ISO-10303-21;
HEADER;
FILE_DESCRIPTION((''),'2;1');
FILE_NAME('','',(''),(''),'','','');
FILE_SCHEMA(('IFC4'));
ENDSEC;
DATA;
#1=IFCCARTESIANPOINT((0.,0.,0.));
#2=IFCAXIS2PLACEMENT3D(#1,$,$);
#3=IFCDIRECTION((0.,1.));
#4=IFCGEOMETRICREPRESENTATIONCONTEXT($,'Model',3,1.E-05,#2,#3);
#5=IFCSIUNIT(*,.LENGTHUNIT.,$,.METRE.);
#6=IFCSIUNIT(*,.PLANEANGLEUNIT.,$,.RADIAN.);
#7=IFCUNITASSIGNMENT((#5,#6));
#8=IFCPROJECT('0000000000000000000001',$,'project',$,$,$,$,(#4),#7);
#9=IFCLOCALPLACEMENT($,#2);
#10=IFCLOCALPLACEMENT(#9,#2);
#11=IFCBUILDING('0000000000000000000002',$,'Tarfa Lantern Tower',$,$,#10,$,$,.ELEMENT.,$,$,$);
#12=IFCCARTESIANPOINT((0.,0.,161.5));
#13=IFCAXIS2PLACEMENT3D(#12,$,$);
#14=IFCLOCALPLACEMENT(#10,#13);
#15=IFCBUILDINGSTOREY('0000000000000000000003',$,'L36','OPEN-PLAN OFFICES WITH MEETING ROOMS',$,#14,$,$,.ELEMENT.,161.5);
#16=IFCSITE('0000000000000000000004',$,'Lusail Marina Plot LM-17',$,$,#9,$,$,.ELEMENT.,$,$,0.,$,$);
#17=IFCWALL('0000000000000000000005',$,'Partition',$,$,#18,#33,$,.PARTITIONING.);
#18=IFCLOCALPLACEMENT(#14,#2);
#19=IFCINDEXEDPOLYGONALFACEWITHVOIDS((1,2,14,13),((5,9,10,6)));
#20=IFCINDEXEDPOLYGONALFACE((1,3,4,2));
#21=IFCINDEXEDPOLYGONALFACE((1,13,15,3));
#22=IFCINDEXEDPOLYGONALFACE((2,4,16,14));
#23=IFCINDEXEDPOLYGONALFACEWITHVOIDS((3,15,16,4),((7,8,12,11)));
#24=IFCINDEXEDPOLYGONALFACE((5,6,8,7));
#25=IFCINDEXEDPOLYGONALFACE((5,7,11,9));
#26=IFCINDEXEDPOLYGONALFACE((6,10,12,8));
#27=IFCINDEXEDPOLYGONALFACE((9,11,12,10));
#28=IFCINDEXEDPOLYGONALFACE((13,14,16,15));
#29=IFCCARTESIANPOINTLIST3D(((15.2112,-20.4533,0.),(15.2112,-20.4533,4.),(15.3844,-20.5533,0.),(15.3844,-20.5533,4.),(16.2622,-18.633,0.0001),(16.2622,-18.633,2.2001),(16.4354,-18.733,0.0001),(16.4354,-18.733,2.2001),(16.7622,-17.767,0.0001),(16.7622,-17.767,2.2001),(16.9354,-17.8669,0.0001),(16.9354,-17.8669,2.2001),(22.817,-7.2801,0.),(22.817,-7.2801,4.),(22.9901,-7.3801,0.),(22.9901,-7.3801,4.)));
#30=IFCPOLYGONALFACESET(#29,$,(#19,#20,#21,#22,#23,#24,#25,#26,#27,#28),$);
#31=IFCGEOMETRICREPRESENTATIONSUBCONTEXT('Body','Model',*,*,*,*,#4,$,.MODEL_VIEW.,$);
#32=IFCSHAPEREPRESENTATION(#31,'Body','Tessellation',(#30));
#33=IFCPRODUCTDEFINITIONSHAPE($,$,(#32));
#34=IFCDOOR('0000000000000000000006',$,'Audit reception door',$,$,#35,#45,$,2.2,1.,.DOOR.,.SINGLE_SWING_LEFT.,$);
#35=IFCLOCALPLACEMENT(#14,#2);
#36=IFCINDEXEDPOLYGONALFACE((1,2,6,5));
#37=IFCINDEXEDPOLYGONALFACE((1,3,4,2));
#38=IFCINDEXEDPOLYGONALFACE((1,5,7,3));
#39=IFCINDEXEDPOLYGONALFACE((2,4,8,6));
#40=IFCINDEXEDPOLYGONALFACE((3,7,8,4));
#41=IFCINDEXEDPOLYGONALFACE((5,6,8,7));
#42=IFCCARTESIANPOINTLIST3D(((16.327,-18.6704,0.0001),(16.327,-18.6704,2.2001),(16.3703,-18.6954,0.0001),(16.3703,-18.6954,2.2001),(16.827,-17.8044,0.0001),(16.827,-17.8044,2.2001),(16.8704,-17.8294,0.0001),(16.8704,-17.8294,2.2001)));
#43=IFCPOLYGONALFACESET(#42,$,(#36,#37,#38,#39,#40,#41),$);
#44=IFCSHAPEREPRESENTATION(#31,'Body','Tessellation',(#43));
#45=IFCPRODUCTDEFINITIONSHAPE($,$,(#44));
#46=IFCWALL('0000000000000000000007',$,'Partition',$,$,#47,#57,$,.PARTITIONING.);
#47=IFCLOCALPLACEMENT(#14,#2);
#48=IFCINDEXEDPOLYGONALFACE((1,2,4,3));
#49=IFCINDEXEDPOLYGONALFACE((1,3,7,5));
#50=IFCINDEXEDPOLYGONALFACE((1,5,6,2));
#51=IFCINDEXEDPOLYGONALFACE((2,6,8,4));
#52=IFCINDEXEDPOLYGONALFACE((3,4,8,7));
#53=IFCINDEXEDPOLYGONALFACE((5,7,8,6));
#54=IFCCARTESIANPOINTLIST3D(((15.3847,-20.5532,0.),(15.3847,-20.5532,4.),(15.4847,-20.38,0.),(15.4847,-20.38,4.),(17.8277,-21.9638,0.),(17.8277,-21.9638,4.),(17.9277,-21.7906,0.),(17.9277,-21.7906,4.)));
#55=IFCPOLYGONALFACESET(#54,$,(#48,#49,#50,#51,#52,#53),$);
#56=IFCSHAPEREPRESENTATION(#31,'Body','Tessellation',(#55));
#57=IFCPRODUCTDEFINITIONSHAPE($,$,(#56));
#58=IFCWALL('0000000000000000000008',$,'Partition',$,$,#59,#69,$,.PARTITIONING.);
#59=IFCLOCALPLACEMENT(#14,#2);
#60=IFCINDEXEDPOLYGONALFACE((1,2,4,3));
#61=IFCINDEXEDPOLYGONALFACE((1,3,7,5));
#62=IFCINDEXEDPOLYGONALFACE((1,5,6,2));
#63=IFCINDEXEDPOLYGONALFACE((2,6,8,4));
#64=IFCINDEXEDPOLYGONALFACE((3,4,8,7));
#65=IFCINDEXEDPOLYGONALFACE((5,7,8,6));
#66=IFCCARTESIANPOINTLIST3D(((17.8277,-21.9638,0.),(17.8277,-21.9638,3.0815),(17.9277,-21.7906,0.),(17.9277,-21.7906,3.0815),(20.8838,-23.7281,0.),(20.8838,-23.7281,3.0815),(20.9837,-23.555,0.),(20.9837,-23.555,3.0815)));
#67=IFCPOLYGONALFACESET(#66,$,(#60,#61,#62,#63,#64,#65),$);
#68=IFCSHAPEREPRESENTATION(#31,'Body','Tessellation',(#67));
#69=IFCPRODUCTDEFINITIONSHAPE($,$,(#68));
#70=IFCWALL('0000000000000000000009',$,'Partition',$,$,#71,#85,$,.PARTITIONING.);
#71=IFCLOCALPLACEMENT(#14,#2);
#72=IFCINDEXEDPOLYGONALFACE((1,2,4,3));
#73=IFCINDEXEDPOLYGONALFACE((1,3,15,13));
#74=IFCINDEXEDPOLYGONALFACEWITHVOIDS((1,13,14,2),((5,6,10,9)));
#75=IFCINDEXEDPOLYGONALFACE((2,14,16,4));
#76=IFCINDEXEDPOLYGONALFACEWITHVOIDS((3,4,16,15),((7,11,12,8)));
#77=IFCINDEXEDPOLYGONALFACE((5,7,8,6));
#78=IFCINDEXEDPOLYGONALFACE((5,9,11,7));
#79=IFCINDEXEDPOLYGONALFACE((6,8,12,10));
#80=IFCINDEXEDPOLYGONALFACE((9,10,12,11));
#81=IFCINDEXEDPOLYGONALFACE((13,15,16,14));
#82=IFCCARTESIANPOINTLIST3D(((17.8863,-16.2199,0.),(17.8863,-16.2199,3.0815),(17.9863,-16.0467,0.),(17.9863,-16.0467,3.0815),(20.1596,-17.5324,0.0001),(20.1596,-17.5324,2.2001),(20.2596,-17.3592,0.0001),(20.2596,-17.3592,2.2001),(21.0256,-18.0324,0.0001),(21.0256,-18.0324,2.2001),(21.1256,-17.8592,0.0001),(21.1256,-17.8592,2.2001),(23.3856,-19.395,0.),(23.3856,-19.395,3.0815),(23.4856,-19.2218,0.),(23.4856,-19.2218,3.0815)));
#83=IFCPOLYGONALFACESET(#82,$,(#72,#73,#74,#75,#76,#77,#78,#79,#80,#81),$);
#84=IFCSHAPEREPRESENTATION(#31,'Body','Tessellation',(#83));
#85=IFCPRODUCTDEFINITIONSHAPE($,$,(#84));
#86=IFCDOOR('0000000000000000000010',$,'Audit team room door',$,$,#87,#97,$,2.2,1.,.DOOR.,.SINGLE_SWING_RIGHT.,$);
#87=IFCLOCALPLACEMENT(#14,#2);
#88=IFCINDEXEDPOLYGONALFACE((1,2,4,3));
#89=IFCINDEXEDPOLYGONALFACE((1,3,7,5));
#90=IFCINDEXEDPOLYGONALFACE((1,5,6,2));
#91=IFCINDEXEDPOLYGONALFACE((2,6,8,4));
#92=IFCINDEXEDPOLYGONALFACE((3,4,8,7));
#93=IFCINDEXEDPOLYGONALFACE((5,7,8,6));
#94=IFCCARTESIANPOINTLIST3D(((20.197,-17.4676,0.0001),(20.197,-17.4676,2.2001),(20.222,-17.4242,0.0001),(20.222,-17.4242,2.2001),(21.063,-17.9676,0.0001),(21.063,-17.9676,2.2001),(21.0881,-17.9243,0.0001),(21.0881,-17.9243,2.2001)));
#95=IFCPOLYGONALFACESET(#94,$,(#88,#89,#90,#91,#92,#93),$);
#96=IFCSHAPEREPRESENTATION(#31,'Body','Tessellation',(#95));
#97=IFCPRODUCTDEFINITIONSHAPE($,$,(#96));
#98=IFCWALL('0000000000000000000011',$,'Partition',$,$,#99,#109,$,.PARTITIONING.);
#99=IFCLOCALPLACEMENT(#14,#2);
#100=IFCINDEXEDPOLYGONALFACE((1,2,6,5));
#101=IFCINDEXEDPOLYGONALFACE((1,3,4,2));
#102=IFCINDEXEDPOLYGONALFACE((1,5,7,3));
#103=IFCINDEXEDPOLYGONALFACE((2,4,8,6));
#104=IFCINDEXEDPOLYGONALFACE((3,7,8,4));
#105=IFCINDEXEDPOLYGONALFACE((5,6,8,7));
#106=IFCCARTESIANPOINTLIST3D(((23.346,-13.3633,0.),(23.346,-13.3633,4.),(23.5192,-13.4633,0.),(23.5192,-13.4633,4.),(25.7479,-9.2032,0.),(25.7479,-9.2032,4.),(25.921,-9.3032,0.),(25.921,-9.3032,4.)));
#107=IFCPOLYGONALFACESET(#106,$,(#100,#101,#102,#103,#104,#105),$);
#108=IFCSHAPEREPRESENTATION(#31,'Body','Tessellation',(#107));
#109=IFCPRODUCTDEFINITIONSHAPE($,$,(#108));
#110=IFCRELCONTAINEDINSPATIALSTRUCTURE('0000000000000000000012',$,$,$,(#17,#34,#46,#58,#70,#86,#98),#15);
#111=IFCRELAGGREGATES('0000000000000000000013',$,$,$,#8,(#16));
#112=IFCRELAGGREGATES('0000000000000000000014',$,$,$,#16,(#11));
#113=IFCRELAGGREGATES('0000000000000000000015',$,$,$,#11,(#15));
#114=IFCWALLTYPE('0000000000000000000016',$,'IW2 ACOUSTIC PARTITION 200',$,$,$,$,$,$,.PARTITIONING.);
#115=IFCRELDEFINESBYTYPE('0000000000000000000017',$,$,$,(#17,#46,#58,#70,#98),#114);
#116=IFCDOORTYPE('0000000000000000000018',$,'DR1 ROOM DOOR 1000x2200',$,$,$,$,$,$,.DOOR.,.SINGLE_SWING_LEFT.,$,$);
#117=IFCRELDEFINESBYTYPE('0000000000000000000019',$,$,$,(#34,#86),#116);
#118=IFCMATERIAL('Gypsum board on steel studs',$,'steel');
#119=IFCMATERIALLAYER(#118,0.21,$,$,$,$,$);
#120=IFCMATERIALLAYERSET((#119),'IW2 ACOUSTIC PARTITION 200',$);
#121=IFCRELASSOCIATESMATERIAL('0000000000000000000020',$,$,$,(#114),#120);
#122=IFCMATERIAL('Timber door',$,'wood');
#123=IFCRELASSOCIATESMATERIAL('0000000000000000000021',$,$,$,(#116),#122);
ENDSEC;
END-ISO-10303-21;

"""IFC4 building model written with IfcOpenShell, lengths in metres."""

from ifc_helpers import new_model, si_unit, direction, frame, frame_2d, origin, place, context, subcontext, project, spatial, rectangle, extrude, material, layer, layer_set, type_object, element, fill, save


model = new_model("IFC4")

# Units and contexts
model_context = context("Model", 3, precision=1e-05, world=origin(), true_north=direction((0.0, 1.0)))
body_context = subcontext(model_context, "Body", "Model", "MODEL_VIEW")
ifc_project = project(units=[si_unit("LENGTHUNIT", "METRE"), si_unit("PLANEANGLEUNIT", "RADIAN")], contexts=[model_context])

# Site, building, storey
site_placement = place(None, origin())
site = spatial("IfcSite", under=ifc_project, at=site_placement, Name="Lusail Marina Plot LM-17", CompositionType="ELEMENT", RefElevation=0.0)
building_placement = place(site_placement, origin())
building = spatial("IfcBuilding", under=site, at=building_placement, Name="Tarfa Lantern Tower", CompositionType="ELEMENT")
storey_placement = place(building_placement, frame((0.0, 0.0, 161.5)))
storey = spatial("IfcBuildingStorey", under=building, at=storey_placement, Name="L36", Description="OPEN-PLAN OFFICES WITH MEETING ROOMS", CompositionType="ELEMENT", Elevation=161.5)

# Wall, opening, door
ifc_material_1 = material(Name="Gypsum board on steel studs", Category="steel")
ifc_layer_1 = layer(ifc_material_1, 0.21)
ifc_layer_set_1 = layer_set([ifc_layer_1], Name="IW2 ACOUSTIC PARTITION 200")
wall_type_1 = type_object("IfcWallType", Name="IW2 ACOUSTIC PARTITION 200", PredefinedType="PARTITIONING", material=ifc_layer_set_1)
wall_1_placement = place(storey_placement, frame((15.2979, -20.5032, 0.0), z_axis=(0.0, 0.0, 1.0), x_axis=(0.500011, 0.866019, 0.0)))
wall_1 = element("IfcWall", 1, at=wall_1_placement, inside=storey, type_object=wall_type_1, Name="Partition", PredefinedType="PARTITIONING", context=body_context, shape_type="SweptSolid", body=[
    extrude(rectangle(XDim=15.2112, YDim=0.2, at=frame_2d((7.6055, 0.0))), origin(), (0.0, 0.0, 1.0), 4.0),
])
opening_1_placement = place(wall_1_placement, frame((2.1018, 0.0, 0.0)))
opening_1 = element("IfcOpeningElement", 2, at=opening_1_placement, cuts=wall_1, PredefinedType="OPENING", context=body_context, shape_type="SweptSolid", body=[
    extrude(rectangle(XDim=1.0, YDim=2.2, at=frame_2d((0.5, 1.1001))), frame((0.0, 0.1099, 0.0), z_axis=(0.0, -1.0, 0.0), x_axis=(1.0, 0.0, 0.0)), (0.0, 0.0, 1.0), 0.22),
])
ifc_material_2 = material(Name="Timber door", Category="wood")
door_type_1 = type_object("IfcDoorType", Name="DR1 ROOM DOOR 1000x2200", OperationType="SINGLE_SWING_LEFT", PredefinedType="DOOR", material=ifc_material_2)
door_1_placement = place(opening_1_placement, frame((1.0, 0.0, 0.0), z_axis=(0.0, 0.0, 1.0), x_axis=(-1.0, 0.0, 0.0)))
door_1 = element("IfcDoor", 3, at=door_1_placement, inside=storey, type_object=door_type_1, Name="Audit reception door", OperationType="SINGLE_SWING_LEFT", OverallHeight=2.2, OverallWidth=1.0, PredefinedType="DOOR", context=body_context, shape_type="SweptSolid", body=[
    extrude(rectangle(XDim=1.0, YDim=2.2, at=frame_2d((0.5, 1.1001))), frame((0.0, 0.0249, 0.0), z_axis=(0.0, -1.0, 0.0), x_axis=(1.0, 0.0, 0.0)), (0.0, 0.0, 1.0), 0.05),
])
fill(opening_1, door_1)

# Walls
wall_2_placement = place(storey_placement, frame((15.4346, -20.4666, 0.0), z_axis=(0.0, 0.0, 1.0), x_axis=(0.866008, -0.50003, 0.0)))
element("IfcWall", 4, at=wall_2_placement, inside=storey, type_object=wall_type_1, Name="Partition", PredefinedType="PARTITIONING", context=body_context, shape_type="SweptSolid", body=[
    extrude(rectangle(XDim=2.821, YDim=0.2, at=frame_2d((1.4106, 0.0))), origin(), (0.0, 0.0, 1.0), 4.0),
])
wall_3_placement = place(storey_placement, frame((17.8777, -21.8772, 0.0), z_axis=(0.0, 0.0, 1.0), x_axis=(0.866034, -0.499986, 0.0)))
element("IfcWall", 5, at=wall_3_placement, inside=storey, type_object=wall_type_1, Name="Partition", PredefinedType="PARTITIONING", context=body_context, shape_type="SweptSolid", body=[
    extrude(rectangle(XDim=3.5288, YDim=0.2, at=frame_2d((1.7644, 0.0))), origin(), (0.0, 0.0, 1.0), 3.0815),
])

# Wall, opening, door
wall_4_placement = place(storey_placement, frame((17.9363, -16.1333, 0.0), z_axis=(0.0, 0.0, 1.0), x_axis=(0.866022, -0.500005, 0.0)))
wall_4 = element("IfcWall", 6, at=wall_4_placement, inside=storey, type_object=wall_type_1, Name="Partition", PredefinedType="PARTITIONING", context=body_context, shape_type="SweptSolid", body=[
    extrude(rectangle(XDim=6.3501, YDim=0.2, at=frame_2d((3.175, 0.0))), origin(), (0.0, 0.0, 1.0), 3.0815),
])
opening_2_placement = place(wall_4_placement, frame((2.625, 0.0, 0.0)))
opening_2 = element("IfcOpeningElement", 7, at=opening_2_placement, cuts=wall_4, PredefinedType="OPENING", context=body_context, shape_type="SweptSolid", body=[
    extrude(rectangle(XDim=1.0, YDim=2.2, at=frame_2d((0.5, 1.1001))), frame((0.0, 0.1099, 0.0), z_axis=(0.0, -1.0, 0.0), x_axis=(1.0, 0.0, 0.0)), (0.0, 0.0, 1.0), 0.22),
])
door_2_placement = place(opening_2_placement, origin())
door_2 = element("IfcDoor", 8, at=door_2_placement, inside=storey, type_object=door_type_1, Name="Audit team room door", OperationType="SINGLE_SWING_RIGHT", OverallHeight=2.2, OverallWidth=1.0, PredefinedType="DOOR", context=body_context, shape_type="SweptSolid", body=[
    extrude(rectangle(XDim=1.0, YDim=2.2, at=frame_2d((0.5, 1.1001))), frame((0.0, 0.0249, 0.0), z_axis=(0.0, -1.0, 0.0), x_axis=(1.0, 0.0, 0.0)), (0.0, 0.0, 1.0), 0.05),
])
fill(opening_2, door_2)

# Wall
wall_5_placement = place(storey_placement, frame((23.4326, -13.4133, 0.0), z_axis=(0.0, 0.0, 1.0), x_axis=(0.499998, 0.866026, 0.0)))
element("IfcWall", 9, at=wall_5_placement, inside=storey, type_object=wall_type_1, Name="Partition", PredefinedType="PARTITIONING", context=body_context, shape_type="SweptSolid", body=[
    extrude(rectangle(XDim=4.8037, YDim=0.2, at=frame_2d((2.4019, 0.0))), origin(), (0.0, 0.0, 1.0), 4.0),
])

save(model, "model.ifc")
